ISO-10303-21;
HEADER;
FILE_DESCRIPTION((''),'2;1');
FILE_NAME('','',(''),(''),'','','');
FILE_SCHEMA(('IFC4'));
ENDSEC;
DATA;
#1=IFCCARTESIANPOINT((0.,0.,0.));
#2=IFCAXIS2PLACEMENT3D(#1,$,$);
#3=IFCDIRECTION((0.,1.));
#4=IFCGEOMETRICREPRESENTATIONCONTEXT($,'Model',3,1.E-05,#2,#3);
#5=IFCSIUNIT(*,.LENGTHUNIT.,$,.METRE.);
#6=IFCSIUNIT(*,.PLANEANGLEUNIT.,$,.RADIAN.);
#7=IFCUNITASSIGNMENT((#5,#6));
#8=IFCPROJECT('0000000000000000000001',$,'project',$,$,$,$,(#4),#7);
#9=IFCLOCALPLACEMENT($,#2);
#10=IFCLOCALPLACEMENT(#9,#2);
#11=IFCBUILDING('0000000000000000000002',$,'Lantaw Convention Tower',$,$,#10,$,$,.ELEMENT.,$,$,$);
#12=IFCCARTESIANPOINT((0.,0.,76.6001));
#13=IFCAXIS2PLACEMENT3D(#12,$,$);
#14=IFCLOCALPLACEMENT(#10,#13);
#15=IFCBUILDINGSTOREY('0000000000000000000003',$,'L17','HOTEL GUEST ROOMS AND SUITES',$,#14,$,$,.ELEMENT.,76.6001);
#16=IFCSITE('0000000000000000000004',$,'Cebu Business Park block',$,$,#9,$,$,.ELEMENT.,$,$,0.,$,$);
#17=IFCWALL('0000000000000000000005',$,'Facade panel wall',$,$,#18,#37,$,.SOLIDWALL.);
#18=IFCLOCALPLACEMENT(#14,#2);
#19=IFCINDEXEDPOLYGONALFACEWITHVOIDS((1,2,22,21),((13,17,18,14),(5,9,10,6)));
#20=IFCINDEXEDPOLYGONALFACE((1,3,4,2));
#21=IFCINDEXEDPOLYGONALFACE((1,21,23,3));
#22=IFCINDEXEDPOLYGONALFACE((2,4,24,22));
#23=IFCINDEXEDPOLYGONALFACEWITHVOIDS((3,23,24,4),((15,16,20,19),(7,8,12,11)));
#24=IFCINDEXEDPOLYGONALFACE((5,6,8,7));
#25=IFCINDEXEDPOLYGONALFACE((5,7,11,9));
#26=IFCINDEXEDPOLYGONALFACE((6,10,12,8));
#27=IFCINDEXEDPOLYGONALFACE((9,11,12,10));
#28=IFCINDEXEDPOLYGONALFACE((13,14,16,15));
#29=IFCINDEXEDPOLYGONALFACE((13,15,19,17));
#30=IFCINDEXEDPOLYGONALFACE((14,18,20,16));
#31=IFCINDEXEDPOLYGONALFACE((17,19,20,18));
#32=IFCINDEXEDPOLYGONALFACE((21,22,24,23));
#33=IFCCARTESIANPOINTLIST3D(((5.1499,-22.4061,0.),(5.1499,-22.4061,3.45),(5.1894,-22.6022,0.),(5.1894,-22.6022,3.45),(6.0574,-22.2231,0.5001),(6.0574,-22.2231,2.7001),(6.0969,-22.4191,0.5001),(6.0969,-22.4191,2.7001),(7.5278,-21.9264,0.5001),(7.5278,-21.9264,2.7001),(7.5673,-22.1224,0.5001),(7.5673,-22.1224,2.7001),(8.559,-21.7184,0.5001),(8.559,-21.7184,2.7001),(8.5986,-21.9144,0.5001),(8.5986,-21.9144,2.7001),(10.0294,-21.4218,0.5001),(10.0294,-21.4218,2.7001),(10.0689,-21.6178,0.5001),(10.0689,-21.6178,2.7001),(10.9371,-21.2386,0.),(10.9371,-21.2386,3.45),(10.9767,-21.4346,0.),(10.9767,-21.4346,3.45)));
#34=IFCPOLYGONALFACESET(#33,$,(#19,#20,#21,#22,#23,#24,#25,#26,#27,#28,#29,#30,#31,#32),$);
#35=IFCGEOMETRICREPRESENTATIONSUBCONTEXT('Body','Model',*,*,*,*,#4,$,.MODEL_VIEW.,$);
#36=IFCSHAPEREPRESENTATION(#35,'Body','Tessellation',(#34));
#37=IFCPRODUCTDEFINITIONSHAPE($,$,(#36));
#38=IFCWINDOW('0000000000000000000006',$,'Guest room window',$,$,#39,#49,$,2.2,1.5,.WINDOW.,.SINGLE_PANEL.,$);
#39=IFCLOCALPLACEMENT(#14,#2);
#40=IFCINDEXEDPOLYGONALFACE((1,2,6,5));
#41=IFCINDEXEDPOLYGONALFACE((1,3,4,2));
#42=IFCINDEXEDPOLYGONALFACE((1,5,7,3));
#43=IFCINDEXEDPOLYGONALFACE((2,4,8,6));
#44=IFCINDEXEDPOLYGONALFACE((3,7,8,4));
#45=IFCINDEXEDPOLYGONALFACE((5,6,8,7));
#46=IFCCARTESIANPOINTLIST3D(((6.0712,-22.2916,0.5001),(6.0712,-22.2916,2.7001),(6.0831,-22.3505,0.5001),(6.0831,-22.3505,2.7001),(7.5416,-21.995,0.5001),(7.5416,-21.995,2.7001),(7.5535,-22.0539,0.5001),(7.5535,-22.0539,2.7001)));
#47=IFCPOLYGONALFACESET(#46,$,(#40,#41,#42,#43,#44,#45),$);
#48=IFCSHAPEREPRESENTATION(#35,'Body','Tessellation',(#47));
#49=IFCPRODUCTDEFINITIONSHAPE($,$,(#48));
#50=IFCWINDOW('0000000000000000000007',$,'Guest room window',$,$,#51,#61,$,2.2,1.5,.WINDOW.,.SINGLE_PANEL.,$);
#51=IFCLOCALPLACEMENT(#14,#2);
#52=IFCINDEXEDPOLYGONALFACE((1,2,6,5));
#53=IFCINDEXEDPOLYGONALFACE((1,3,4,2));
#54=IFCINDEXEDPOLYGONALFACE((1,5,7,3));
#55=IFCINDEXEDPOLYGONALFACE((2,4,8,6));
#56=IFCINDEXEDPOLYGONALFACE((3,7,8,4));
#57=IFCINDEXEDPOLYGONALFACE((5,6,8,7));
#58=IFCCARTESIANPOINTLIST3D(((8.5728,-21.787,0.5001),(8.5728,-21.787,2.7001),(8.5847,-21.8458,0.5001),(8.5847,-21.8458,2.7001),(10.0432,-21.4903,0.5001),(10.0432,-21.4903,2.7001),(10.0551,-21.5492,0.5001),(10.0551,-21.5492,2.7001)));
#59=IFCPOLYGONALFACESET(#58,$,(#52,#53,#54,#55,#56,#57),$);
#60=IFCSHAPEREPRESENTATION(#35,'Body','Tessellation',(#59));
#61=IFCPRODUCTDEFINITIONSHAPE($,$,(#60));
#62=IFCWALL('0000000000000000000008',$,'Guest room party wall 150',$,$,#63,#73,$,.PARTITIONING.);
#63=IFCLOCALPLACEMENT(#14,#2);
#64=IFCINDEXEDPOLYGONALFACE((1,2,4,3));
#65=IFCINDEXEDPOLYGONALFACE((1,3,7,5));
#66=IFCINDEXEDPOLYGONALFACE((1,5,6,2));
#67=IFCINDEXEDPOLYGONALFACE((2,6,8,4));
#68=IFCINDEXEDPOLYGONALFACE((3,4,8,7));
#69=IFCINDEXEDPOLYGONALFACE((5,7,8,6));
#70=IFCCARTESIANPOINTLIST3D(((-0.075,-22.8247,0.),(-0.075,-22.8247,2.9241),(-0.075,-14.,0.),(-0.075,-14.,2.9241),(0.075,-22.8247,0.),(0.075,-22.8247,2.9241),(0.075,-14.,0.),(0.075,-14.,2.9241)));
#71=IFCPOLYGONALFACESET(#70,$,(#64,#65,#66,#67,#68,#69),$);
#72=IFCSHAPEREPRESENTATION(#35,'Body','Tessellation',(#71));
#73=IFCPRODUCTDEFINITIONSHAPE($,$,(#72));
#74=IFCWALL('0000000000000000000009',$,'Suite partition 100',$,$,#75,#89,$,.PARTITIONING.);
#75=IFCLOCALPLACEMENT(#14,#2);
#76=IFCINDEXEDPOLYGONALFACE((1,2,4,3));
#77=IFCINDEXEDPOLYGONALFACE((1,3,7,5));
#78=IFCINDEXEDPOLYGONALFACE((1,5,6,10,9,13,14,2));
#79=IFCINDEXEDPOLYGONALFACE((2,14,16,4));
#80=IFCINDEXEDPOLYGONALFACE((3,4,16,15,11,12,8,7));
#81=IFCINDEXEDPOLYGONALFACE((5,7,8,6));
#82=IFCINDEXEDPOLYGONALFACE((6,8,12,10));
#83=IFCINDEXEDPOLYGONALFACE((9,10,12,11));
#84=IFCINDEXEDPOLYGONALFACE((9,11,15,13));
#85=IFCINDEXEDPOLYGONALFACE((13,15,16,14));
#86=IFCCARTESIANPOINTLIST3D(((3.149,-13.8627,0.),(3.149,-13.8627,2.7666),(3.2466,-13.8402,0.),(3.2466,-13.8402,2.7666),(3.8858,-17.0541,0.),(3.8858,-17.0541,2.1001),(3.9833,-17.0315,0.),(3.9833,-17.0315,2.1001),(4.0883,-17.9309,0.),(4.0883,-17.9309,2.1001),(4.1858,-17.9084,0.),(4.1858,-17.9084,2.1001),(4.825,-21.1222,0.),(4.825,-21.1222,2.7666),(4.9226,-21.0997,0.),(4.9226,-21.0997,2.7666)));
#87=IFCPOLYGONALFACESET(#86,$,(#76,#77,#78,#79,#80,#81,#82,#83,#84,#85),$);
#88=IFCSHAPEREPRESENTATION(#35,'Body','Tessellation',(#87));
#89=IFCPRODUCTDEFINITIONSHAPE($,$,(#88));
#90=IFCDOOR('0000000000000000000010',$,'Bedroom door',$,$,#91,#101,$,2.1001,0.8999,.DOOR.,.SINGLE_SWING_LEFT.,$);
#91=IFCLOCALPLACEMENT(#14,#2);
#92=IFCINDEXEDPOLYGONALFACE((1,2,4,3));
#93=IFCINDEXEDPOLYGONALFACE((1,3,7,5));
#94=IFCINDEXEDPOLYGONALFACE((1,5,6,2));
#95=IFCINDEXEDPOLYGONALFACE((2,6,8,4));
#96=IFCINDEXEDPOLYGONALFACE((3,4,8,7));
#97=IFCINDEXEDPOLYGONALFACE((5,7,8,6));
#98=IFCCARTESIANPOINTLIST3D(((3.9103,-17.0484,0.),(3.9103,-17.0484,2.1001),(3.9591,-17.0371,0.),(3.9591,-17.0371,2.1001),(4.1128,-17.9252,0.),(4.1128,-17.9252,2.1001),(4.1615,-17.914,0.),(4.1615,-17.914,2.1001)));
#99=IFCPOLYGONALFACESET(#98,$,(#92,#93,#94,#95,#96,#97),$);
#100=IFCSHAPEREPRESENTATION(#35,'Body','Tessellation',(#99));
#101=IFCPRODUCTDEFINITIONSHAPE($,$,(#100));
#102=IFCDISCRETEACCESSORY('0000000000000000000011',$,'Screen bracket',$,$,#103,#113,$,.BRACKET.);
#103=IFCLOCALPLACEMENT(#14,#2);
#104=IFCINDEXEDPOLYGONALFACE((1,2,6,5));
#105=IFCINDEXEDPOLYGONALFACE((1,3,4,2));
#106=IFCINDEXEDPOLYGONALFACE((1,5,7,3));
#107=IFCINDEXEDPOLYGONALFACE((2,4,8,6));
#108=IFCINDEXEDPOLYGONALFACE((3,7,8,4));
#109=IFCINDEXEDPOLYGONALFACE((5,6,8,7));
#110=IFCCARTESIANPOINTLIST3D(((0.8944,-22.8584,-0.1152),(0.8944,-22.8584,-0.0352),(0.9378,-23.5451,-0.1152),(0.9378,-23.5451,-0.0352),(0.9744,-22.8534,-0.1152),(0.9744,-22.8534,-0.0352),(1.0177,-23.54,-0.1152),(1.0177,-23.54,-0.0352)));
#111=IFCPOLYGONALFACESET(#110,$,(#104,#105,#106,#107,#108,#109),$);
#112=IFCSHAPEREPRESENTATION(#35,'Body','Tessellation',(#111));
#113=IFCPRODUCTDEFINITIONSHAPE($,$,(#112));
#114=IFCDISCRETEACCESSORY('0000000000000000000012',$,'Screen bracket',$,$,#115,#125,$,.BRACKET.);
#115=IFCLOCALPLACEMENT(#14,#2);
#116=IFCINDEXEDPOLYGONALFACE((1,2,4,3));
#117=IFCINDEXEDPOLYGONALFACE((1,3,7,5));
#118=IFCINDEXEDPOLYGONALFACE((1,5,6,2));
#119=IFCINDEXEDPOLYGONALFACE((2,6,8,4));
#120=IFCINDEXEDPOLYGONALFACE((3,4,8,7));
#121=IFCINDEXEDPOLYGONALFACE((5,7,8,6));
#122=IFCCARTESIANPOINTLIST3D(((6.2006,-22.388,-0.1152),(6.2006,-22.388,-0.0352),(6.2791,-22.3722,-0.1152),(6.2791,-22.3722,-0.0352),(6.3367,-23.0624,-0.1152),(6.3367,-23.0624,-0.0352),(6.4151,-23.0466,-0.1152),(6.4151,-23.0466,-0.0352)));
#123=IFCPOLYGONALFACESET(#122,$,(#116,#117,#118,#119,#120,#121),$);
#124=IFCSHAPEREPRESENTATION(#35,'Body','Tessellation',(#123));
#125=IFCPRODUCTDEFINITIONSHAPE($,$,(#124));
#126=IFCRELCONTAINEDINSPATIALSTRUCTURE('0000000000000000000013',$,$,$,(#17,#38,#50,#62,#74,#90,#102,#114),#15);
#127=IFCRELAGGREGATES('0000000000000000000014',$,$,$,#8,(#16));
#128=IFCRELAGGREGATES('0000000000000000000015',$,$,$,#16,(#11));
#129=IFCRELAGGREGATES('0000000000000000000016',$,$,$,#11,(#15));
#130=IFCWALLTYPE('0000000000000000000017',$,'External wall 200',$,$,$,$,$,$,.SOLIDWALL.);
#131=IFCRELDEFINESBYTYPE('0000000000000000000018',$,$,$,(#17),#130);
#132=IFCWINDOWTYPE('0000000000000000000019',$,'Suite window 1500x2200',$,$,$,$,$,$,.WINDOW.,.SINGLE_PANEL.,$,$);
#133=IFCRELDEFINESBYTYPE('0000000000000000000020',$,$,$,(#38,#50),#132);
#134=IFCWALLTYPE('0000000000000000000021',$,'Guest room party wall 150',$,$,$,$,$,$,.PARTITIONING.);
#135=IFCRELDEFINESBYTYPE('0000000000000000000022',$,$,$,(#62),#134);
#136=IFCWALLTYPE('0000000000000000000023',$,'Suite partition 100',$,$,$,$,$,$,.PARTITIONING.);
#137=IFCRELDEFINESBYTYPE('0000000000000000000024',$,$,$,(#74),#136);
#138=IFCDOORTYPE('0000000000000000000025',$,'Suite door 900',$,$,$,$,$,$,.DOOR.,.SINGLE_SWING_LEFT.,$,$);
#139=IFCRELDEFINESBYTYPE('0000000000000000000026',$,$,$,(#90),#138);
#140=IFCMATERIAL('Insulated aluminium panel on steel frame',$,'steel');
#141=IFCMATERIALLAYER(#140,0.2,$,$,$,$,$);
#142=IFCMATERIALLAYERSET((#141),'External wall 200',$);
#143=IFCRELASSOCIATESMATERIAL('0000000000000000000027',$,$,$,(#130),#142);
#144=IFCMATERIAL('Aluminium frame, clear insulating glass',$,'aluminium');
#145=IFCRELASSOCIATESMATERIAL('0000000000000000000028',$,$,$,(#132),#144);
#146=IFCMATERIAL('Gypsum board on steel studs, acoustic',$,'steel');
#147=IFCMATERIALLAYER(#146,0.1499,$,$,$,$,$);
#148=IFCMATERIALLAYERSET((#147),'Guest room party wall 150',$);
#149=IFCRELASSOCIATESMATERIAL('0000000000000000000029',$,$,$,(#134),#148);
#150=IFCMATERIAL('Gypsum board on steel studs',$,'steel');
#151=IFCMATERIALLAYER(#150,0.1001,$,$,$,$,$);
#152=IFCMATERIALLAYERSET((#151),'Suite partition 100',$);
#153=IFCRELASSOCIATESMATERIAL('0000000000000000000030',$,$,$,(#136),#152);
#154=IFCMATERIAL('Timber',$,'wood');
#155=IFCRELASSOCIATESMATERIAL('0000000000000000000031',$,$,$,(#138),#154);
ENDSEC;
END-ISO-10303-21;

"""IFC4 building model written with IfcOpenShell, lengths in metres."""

from ifc_helpers import new_model, si_unit, direction, frame, frame_2d, origin, origin_2d, place, context, subcontext, project, spatial, rectangle, extrude, material, layer, layer_set, type_object, element, fill, save


model = new_model("IFC4")

# Units and contexts
model_context = context("Model", 3, precision=1e-05, world=origin(), true_north=direction((0.0, 1.0)))
body_context = subcontext(model_context, "Body", "Model", "MODEL_VIEW")
ifc_project = project(units=[si_unit("LENGTHUNIT", "METRE"), si_unit("PLANEANGLEUNIT", "RADIAN")], contexts=[model_context])

# Site, building, storey
site_placement = place(None, origin())
site = spatial("IfcSite", under=ifc_project, at=site_placement, Name="Cebu Business Park block", CompositionType="ELEMENT", RefElevation=0.0)
building_placement = place(site_placement, origin())
building = spatial("IfcBuilding", under=site, at=building_placement, Name="Lantaw Convention Tower", CompositionType="ELEMENT")
storey_placement = place(building_placement, frame((0.0, 0.0, 76.6001)))
storey = spatial("IfcBuildingStorey", under=building, at=storey_placement, Name="L17", Description="HOTEL GUEST ROOMS AND SUITES", CompositionType="ELEMENT", Elevation=76.6001)

# Shared definitions
ifc_material_1 = material(Name="Timber", Category="wood")

# Wall, openings, windows
ifc_material_2 = material(Name="Insulated aluminium panel on steel frame", Category="steel")
ifc_layer_1 = layer(ifc_material_2, 0.2)
ifc_layer_set_1 = layer_set([ifc_layer_1], Name="External wall 200")
wall_type_1 = type_object("IfcWallType", Name="External wall 200", PredefinedType="SOLIDWALL", material=ifc_layer_set_1)
wall_1_placement = place(storey_placement, frame((5.1697, -22.5042, 0.0), z_axis=(0.0, 0.0, 1.0), x_axis=(0.980252, 0.197754, 0.0)))
wall_1 = element("IfcWall", 1, at=wall_1_placement, inside=storey, type_object=wall_type_1, Name="Facade panel wall", PredefinedType="SOLIDWALL", context=body_context, shape_type="SweptSolid", body=[
    extrude(rectangle(XDim=5.9038, YDim=0.2, at=frame_2d((2.9519, 0.0))), origin(), (0.0, 0.0, 1.0), 3.45),
])
opening_1_placement = place(wall_1_placement, frame((0.9258, 0.0, 0.5)))
opening_1 = element("IfcOpeningElement", 2, at=opening_1_placement, cuts=wall_1, PredefinedType="OPENING", context=body_context, shape_type="SweptSolid", body=[
    extrude(rectangle(XDim=1.5, YDim=2.2, at=frame_2d((0.75, 1.1001))), frame((0.0, 0.1099, 0.0), z_axis=(0.0, -1.0, 0.0), x_axis=(1.0, 0.0, 0.0)), (0.0, 0.0, 1.0), 0.22),
])
opening_2_placement = place(wall_1_placement, frame((3.4778, 0.0, 0.5)))
opening_2 = element("IfcOpeningElement", 3, at=opening_2_placement, cuts=wall_1, PredefinedType="OPENING", context=body_context, shape_type="SweptSolid", body=[
    extrude(rectangle(XDim=1.5, YDim=2.2, at=frame_2d((0.75, 1.1001))), frame((0.0, 0.1099, 0.0), z_axis=(0.0, -1.0, 0.0), x_axis=(1.0, 0.0, 0.0)), (0.0, 0.0, 1.0), 0.22),
])
ifc_material_3 = material(Name="Aluminium frame, clear insulating glass", Category="aluminium")
window_type = type_object("IfcWindowType", Name="Suite window 1500x2200", PartitioningType="SINGLE_PANEL", PredefinedType="WINDOW", material=ifc_material_3)
window_1_placement = place(opening_1_placement, origin())
window_1 = element("IfcWindow", 4, at=window_1_placement, inside=storey, type_object=window_type, Name="Guest room window", OverallHeight=2.2, OverallWidth=1.5, PartitioningType="SINGLE_PANEL", PredefinedType="WINDOW", context=body_context, shape_type="SweptSolid", body=[
    extrude(rectangle(XDim=1.5, YDim=2.2, at=frame_2d((0.75, 1.1001))), frame((0.0, 0.03, 0.0), z_axis=(0.0, -1.0, 0.0), x_axis=(1.0, 0.0, 0.0)), (0.0, 0.0, 1.0), 0.0601),
])
fill(opening_1, window_1)
window_2_placement = place(opening_2_placement, origin())
window_2 = element("IfcWindow", 5, at=window_2_placement, inside=storey, type_object=window_type, Name="Guest room window", OverallHeight=2.2, OverallWidth=1.5, PartitioningType="SINGLE_PANEL", PredefinedType="WINDOW", context=body_context, shape_type="SweptSolid", body=[
    extrude(rectangle(XDim=1.5, YDim=2.2, at=frame_2d((0.75, 1.1001))), frame((0.0, 0.03, 0.0), z_axis=(0.0, -1.0, 0.0), x_axis=(1.0, 0.0, 0.0)), (0.0, 0.0, 1.0), 0.0601),
])
fill(opening_2, window_2)

# Wall
ifc_material_4 = material(Name="Gypsum board on steel studs, acoustic", Category="steel")
ifc_layer_2 = layer(ifc_material_4, 0.1499)
ifc_layer_set_2 = layer_set([ifc_layer_2], Name="Guest room party wall 150")
wall_type_2 = type_object("IfcWallType", Name="Guest room party wall 150", PredefinedType="PARTITIONING", material=ifc_layer_set_2)
wall_2_placement = place(storey_placement, frame((0.0, -22.8247, 0.0), z_axis=(0.0, 0.0, 1.0), x_axis=(0.0, 1.0, 0.0)))
element("IfcWall", 6, at=wall_2_placement, inside=storey, type_object=wall_type_2, Name="Guest room party wall 150", PredefinedType="PARTITIONING", context=body_context, shape_type="SweptSolid", body=[
    extrude(rectangle(XDim=8.8247, YDim=0.1499, at=frame_2d((4.4124, 0.0))), origin(), (0.0, 0.0, 1.0), 2.9241),
])

# Wall, opening, door
ifc_material_5 = material(Name="Gypsum board on steel studs", Category="steel")
ifc_layer_3 = layer(ifc_material_5, 0.1001)
ifc_layer_set_3 = layer_set([ifc_layer_3], Name="Suite partition 100")
wall_type_3 = type_object("IfcWallType", Name="Suite partition 100", PredefinedType="PARTITIONING", material=ifc_layer_set_3)
wall_3_placement = place(storey_placement, frame((4.8738, -21.1108, 0.0), z_axis=(0.0, 0.0, 1.0), x_axis=(-0.224955, 0.974369, 0.0)))
wall_3 = element("IfcWall", 7, at=wall_3_placement, inside=storey, type_object=wall_type_3, Name="Suite partition 100", PredefinedType="PARTITIONING", context=body_context, shape_type="SweptSolid", body=[
    extrude(rectangle(XDim=7.4504, YDim=0.1001, at=frame_2d((3.7251, 0.0))), origin(), (0.0, 0.0, 1.0), 2.7666),
])
opening_3_placement = place(wall_3_placement, frame((3.2751, 0.0, 0.0)))
opening_3 = element("IfcOpeningElement", 8, at=opening_3_placement, cuts=wall_3, PredefinedType="OPENING", context=body_context, shape_type="SweptSolid", body=[
    extrude(rectangle(XDim=0.8999, YDim=2.1001, at=frame_2d((0.45, 1.05))), frame((0.0, 0.0601, 0.0), z_axis=(0.0, -1.0, 0.0), x_axis=(1.0, 0.0, 0.0)), (0.0, 0.0, 1.0), 0.1201),
])
door_type_1 = type_object("IfcDoorType", Name="Suite door 900", OperationType="SINGLE_SWING_LEFT", PredefinedType="DOOR", material=ifc_material_1)
door_1_placement = place(opening_3_placement, origin())
door_1 = element("IfcDoor", 9, at=door_1_placement, inside=storey, type_object=door_type_1, Name="Bedroom door", OperationType="SINGLE_SWING_LEFT", OverallHeight=2.1001, OverallWidth=0.8999, PredefinedType="DOOR", context=body_context, shape_type="SweptSolid", body=[
    extrude(rectangle(XDim=0.8999, YDim=2.1001, at=frame_2d((0.45, 1.05))), frame((0.0, 0.0249, 0.0), z_axis=(0.0, -1.0, 0.0), x_axis=(1.0, 0.0, 0.0)), (0.0, 0.0, 1.0), 0.05),
])
fill(opening_3, door_1)

# Discrete accessories
for number, where, z_axis, x_axis, name in (
    (10, (0.9561, -23.1992, -0.1152), (0.0, 0.0, 1.0), (0.998016, 0.062958, 0.0), "Screen bracket"),
    (11, (6.3079, -22.7173, -0.1152), (0.0, 0.0, 1.0), (0.980245, 0.197789, 0.0), "Screen bracket"),
):
    element("IfcDiscreteAccessory", number, at=place(storey_placement, frame(where, z_axis=z_axis, x_axis=x_axis)), inside=storey, Name=name, PredefinedType="BRACKET", context=body_context, shape_type="SweptSolid", body=[
        extrude(rectangle(XDim=0.0801, YDim=0.688, at=origin_2d()), origin(), (0.0, 0.0, 1.0), 0.0801),
    ])

save(model, "model.ifc")
